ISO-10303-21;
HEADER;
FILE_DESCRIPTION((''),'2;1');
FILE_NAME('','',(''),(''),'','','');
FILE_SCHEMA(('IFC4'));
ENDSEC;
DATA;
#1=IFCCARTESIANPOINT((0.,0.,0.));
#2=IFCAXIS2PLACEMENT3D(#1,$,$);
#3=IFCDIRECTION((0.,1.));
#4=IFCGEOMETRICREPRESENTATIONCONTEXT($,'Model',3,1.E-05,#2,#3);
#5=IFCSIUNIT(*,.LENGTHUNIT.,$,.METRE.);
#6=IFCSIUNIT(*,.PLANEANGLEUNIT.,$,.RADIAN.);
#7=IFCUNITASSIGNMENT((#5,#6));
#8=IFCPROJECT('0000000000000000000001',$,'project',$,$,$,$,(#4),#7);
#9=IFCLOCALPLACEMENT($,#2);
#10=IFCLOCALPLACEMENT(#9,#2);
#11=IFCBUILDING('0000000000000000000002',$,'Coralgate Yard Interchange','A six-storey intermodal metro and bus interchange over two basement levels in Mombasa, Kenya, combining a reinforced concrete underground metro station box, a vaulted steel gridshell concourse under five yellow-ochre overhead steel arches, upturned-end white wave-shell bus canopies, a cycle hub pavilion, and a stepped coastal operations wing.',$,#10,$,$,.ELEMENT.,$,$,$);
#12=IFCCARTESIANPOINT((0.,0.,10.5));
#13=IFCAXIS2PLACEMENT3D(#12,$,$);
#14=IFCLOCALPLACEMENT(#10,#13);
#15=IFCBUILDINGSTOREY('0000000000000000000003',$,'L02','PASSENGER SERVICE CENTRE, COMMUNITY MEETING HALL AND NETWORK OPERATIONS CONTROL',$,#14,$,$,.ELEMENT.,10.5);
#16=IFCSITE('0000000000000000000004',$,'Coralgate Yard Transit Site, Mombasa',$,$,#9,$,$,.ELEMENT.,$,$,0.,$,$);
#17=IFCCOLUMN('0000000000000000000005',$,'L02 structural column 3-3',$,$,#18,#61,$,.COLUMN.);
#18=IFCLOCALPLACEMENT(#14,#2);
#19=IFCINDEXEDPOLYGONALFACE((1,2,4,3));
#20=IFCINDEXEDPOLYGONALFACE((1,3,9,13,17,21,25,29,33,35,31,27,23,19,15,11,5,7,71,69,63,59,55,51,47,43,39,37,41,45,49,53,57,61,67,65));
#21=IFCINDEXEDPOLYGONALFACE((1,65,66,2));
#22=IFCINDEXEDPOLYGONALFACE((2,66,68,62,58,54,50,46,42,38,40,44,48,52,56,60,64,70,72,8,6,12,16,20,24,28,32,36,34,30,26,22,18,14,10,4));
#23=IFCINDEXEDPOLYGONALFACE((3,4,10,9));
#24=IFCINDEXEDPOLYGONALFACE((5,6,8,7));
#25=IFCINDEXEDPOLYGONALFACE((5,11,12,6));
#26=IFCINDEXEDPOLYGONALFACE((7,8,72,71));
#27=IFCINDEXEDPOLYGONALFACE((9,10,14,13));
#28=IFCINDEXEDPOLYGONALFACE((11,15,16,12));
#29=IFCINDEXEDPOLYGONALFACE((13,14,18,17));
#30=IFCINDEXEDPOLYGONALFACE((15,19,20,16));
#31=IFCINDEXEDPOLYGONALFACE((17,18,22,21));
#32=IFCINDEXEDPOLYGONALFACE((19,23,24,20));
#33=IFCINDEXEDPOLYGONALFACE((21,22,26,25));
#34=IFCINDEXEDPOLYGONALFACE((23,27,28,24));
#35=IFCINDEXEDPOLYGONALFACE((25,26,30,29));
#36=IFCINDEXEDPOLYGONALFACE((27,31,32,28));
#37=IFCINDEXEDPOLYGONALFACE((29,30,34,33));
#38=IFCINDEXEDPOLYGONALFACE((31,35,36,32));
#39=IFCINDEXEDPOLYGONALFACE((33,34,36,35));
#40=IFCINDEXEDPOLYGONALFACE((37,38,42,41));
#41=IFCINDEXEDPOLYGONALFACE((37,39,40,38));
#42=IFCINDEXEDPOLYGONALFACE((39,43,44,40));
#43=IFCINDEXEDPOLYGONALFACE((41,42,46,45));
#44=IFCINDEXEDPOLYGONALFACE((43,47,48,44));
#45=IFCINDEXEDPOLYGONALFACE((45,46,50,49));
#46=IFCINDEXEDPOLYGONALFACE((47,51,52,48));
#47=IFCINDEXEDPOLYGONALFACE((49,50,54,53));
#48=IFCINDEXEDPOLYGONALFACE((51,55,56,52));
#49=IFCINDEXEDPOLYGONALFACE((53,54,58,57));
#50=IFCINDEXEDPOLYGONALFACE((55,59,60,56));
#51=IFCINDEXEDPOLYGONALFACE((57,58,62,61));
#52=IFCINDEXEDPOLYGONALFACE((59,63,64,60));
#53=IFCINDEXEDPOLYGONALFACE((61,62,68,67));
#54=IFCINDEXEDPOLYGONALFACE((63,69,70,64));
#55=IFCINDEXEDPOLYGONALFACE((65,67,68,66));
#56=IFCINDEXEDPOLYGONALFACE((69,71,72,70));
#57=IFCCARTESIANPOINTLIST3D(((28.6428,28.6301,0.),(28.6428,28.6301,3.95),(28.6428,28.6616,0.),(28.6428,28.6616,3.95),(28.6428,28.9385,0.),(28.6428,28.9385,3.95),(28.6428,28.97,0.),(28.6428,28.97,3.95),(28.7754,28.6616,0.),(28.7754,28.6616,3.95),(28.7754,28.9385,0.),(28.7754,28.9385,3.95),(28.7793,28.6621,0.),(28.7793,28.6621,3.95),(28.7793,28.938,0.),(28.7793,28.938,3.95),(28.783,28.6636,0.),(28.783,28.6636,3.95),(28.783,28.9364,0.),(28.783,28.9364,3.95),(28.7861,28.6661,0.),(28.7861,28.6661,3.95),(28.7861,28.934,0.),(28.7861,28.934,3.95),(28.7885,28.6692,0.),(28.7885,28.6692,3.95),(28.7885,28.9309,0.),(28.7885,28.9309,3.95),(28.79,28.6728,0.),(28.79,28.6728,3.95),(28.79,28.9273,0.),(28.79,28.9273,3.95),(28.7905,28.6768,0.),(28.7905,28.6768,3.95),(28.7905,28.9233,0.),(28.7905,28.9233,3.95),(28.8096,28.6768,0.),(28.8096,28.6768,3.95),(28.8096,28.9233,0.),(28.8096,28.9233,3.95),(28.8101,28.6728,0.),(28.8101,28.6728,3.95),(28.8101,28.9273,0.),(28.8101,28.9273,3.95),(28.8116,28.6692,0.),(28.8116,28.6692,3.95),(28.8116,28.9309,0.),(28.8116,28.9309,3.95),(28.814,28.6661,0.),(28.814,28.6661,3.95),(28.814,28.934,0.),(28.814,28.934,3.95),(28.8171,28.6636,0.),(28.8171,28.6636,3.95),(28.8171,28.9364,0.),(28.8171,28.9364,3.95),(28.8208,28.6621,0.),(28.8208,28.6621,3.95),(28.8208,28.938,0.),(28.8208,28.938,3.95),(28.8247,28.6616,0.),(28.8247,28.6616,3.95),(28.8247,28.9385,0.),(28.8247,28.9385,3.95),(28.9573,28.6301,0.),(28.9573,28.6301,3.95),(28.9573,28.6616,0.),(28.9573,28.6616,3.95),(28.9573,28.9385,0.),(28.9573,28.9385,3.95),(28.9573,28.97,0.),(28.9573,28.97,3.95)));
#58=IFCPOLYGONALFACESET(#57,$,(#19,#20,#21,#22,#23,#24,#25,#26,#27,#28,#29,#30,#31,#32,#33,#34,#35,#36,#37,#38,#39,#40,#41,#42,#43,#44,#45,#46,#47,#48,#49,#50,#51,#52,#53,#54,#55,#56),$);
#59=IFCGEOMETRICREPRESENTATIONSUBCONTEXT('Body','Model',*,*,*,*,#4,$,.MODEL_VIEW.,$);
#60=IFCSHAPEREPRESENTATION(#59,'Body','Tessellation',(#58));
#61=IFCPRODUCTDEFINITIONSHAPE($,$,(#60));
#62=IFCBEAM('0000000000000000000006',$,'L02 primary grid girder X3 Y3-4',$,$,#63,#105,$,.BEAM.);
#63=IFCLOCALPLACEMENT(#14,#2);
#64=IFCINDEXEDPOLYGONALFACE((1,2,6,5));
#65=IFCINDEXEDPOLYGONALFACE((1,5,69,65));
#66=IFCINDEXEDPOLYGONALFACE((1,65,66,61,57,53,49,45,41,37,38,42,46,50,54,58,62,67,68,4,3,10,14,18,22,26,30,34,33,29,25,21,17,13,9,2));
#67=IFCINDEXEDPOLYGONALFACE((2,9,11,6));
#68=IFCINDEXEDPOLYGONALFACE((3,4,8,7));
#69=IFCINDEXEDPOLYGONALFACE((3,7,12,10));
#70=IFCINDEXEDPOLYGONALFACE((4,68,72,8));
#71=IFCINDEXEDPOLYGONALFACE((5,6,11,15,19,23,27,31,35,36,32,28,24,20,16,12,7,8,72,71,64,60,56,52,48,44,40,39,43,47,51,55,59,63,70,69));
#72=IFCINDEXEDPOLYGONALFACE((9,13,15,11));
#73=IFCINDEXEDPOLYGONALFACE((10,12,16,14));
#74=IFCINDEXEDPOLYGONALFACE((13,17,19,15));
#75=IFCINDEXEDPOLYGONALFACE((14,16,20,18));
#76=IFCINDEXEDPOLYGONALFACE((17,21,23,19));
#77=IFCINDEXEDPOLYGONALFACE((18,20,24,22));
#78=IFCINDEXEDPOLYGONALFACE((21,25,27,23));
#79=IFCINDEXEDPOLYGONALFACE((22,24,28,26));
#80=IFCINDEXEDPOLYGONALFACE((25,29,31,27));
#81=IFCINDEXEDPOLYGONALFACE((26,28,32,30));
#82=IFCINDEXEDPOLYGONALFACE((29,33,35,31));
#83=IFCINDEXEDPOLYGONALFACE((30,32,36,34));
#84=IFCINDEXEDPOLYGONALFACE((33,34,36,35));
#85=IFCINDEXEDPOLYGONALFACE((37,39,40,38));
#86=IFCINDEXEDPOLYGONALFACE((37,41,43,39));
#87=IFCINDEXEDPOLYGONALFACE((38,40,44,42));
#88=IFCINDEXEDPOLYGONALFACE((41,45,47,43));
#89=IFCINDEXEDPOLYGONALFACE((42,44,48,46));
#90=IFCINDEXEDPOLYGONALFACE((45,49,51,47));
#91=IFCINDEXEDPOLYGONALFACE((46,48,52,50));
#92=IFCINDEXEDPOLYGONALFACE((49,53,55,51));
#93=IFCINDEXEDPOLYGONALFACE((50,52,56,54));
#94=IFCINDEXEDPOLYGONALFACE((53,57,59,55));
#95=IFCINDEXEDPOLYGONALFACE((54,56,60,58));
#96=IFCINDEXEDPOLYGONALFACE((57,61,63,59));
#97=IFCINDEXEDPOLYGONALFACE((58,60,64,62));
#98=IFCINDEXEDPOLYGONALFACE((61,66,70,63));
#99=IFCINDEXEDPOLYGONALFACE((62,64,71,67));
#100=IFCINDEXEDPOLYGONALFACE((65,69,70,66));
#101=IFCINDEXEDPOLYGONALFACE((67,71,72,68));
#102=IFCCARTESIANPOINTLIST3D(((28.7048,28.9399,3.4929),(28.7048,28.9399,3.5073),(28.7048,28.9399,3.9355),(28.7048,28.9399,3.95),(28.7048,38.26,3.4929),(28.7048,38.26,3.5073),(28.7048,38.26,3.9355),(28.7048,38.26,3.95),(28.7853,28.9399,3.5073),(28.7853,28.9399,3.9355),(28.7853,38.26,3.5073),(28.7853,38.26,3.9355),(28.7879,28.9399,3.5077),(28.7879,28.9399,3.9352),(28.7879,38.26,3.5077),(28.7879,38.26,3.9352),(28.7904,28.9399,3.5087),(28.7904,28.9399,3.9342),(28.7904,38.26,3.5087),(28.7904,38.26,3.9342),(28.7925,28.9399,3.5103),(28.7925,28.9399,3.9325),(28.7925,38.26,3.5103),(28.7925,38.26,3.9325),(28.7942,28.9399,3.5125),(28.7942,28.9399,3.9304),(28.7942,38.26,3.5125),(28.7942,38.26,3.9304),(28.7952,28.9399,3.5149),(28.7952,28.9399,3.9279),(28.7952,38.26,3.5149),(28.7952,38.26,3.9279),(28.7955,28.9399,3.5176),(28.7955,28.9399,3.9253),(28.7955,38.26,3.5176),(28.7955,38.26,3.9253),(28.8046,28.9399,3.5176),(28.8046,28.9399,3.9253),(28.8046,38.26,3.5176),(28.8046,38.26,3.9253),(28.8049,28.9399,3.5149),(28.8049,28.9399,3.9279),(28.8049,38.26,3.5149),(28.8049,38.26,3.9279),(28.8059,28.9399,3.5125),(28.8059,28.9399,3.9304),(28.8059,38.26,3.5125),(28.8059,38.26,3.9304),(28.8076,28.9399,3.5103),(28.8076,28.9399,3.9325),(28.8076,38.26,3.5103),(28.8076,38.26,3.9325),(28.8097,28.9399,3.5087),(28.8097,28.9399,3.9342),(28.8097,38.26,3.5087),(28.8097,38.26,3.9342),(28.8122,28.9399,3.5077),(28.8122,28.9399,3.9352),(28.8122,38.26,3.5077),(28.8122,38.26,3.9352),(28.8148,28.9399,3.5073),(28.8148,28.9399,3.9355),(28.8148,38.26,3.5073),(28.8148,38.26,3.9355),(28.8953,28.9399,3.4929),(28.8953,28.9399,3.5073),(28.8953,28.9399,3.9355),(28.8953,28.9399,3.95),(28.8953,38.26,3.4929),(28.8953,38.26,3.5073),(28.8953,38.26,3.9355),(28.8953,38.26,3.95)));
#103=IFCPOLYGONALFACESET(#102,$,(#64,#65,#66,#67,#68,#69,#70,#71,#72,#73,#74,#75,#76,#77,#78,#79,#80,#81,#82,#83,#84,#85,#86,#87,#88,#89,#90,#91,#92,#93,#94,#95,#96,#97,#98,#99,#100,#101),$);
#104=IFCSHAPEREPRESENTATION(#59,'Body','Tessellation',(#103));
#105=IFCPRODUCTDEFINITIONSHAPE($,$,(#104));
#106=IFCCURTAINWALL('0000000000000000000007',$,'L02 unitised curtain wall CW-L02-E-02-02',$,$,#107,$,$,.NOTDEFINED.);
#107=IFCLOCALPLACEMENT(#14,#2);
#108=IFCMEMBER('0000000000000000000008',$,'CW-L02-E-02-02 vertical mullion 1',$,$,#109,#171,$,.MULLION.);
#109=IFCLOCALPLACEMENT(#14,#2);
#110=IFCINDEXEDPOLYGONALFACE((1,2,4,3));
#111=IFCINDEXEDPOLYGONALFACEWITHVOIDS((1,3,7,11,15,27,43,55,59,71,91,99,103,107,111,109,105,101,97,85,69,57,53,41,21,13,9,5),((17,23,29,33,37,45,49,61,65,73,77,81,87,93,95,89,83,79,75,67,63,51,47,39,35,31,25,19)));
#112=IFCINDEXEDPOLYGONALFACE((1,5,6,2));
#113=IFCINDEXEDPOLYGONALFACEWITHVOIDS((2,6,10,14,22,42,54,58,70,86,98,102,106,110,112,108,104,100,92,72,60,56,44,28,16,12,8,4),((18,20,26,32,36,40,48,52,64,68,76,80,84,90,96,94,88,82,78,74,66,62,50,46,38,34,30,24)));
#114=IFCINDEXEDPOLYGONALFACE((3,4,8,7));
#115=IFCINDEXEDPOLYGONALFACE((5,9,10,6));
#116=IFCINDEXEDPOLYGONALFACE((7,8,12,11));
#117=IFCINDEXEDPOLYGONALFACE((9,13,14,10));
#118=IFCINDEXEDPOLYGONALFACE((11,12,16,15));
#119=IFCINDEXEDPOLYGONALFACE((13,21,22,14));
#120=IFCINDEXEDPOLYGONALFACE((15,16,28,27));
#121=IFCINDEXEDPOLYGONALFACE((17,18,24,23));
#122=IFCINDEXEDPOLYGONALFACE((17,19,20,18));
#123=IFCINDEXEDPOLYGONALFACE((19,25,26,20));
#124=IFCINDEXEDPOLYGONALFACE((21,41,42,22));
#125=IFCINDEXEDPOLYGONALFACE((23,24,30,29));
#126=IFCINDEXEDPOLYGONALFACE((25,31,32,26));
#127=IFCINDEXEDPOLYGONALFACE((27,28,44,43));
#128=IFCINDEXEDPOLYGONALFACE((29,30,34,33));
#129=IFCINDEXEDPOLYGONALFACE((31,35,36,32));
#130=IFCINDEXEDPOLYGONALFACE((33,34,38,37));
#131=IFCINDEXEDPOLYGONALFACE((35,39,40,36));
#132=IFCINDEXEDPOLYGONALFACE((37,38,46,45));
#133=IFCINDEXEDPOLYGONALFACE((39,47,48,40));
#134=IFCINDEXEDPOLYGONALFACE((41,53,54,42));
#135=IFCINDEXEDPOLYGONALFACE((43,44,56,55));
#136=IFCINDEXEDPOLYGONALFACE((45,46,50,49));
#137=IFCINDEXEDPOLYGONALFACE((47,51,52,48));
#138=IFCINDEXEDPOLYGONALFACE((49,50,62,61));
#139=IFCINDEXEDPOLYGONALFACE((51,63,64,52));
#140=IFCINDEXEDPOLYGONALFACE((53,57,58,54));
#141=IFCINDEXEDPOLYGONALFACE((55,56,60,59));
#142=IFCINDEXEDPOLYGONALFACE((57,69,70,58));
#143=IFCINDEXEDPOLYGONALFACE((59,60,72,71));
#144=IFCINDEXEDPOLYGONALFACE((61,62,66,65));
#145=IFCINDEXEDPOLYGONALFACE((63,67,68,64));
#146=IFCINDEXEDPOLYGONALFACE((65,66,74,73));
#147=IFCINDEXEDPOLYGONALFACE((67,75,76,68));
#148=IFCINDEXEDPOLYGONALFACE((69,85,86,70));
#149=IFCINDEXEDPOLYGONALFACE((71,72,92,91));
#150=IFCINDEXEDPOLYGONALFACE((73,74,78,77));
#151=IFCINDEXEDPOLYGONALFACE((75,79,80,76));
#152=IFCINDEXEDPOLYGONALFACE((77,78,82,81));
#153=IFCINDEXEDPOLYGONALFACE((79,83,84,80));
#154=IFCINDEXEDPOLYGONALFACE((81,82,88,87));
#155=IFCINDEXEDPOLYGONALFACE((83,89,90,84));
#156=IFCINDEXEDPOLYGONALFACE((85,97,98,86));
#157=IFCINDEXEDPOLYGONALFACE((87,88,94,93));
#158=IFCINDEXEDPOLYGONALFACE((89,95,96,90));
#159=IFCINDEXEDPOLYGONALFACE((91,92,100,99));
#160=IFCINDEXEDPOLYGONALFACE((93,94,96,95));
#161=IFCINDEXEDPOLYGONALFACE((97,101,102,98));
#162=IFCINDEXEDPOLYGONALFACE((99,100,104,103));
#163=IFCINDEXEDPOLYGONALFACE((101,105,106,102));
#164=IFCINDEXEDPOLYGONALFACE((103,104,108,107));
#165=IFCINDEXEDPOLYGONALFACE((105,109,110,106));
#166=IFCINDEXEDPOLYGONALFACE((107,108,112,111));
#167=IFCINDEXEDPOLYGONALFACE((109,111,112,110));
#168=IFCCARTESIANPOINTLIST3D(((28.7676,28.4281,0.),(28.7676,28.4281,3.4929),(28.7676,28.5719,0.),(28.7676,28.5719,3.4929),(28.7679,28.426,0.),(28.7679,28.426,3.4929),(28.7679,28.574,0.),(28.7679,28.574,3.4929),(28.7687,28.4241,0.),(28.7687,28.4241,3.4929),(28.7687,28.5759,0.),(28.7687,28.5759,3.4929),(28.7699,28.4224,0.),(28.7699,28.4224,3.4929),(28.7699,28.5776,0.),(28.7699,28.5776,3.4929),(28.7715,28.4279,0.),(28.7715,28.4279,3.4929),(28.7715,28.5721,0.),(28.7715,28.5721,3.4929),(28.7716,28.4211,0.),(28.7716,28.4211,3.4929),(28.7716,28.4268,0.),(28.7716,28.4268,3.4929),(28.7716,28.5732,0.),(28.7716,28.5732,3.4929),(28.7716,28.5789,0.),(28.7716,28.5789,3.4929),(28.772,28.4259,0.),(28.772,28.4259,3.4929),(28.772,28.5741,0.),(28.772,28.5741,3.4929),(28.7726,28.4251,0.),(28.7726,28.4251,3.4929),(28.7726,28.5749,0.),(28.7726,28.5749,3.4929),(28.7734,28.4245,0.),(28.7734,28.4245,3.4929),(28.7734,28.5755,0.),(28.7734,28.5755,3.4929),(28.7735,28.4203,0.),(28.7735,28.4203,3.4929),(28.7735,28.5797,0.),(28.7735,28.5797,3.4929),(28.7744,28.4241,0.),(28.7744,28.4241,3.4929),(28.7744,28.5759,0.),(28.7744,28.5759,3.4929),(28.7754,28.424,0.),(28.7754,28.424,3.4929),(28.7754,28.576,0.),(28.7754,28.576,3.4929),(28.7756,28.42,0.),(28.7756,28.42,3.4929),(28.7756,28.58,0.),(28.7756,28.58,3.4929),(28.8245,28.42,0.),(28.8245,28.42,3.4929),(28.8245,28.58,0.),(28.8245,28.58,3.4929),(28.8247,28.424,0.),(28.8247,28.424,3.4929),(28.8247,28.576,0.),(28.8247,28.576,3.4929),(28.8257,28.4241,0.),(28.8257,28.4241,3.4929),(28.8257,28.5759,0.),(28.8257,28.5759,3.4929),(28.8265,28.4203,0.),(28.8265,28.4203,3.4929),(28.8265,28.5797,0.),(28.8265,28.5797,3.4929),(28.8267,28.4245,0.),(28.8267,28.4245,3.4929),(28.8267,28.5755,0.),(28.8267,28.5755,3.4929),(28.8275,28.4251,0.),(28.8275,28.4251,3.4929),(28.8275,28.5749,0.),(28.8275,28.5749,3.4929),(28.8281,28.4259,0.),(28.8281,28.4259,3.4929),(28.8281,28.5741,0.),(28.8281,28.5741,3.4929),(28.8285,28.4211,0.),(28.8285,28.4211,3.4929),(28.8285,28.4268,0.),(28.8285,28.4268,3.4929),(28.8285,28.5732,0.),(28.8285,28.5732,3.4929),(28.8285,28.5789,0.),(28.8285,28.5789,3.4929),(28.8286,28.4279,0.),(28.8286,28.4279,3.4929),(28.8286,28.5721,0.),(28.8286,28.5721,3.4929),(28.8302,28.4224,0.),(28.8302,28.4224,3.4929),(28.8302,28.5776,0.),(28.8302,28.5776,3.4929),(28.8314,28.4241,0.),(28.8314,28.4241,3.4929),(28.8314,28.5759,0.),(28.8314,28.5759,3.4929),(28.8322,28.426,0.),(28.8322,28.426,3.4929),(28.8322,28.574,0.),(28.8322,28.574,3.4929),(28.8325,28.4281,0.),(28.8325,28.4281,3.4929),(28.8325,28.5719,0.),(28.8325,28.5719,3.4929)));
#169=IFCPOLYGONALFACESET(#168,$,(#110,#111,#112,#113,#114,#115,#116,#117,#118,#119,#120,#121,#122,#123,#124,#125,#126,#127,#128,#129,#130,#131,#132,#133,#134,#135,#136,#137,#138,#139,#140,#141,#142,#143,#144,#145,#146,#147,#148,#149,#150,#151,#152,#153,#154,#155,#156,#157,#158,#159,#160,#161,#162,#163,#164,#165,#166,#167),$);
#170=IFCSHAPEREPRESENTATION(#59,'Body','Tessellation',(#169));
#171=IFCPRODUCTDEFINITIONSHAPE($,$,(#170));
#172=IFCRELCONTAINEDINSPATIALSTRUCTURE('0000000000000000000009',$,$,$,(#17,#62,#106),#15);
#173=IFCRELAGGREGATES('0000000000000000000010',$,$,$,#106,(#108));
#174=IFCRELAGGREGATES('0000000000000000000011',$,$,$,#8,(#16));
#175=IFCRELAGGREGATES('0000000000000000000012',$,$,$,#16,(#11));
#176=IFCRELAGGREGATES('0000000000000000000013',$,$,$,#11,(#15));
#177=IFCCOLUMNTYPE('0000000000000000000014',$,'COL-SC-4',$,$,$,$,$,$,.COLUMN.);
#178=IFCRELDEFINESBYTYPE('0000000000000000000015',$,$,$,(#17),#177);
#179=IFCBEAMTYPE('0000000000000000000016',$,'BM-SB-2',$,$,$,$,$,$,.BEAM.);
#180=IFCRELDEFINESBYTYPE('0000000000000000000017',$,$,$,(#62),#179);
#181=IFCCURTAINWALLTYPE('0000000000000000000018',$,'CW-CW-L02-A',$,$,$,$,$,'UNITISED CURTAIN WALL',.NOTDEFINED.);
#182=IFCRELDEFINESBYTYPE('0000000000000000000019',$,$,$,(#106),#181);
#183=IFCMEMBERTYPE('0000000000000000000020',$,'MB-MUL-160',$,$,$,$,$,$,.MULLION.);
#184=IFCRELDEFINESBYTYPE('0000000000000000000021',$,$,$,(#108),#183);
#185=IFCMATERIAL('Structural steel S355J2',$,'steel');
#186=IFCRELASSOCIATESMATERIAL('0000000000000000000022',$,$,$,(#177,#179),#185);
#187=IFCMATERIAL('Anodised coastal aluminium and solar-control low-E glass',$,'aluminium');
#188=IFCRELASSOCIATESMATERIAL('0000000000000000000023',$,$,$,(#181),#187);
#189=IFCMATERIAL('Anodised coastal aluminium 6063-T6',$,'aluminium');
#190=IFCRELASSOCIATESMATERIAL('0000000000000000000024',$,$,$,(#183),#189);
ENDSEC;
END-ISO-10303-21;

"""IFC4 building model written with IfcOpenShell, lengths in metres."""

from ifc_helpers import new_model, si_unit, direction, frame, origin, origin_2d, place, context, subcontext, project, spatial, hollow_rectangle, i_section, extrude, material, material_profile, profile_set, type_object, element, aggregate, save


model = new_model("IFC4")

# Units and contexts
model_context = context("Model", 3, precision=1e-05, world=origin(), true_north=direction((0.0, 1.0)))
body_context = subcontext(model_context, "Body", "Model", "MODEL_VIEW")
ifc_project = project(units=[si_unit("LENGTHUNIT", "METRE"), si_unit("PLANEANGLEUNIT", "RADIAN")], contexts=[model_context])

# Site, building, storey
site_placement = place(None, origin())
site = spatial("IfcSite", under=ifc_project, at=site_placement, Name="Coralgate Yard Transit Site, Mombasa", CompositionType="ELEMENT", RefElevation=0.0)
building_placement = place(site_placement, origin())
building = spatial("IfcBuilding", under=site, at=building_placement, Name="Coralgate Yard Interchange", Description="A six-storey intermodal metro and bus interchange over two basement levels in Mombasa, Kenya, combining a reinforced concrete underground metro station box, a vaulted steel gridshell concourse under five yellow-ochre overhead steel arches, upturned-end white wave-shell bus canopies, a cycle hub pavilion, and a stepped coastal operations wing.", CompositionType="ELEMENT")
storey_placement = place(building_placement, frame((0.0, 0.0, 10.5)))
storey = spatial("IfcBuildingStorey", under=building, at=storey_placement, Name="L02", Description="PASSENGER SERVICE CENTRE, COMMUNITY MEETING HALL AND NETWORK OPERATIONS CONTROL", CompositionType="ELEMENT", Elevation=10.5)

# Column
ifc_material_1 = material(Name="Structural steel S355J2", Category="steel")
ifc_material_profile_1 = material_profile(ifc_material_1, i_section(OverallWidth=0.3145, OverallDepth=0.3398, WebThickness=0.019, FlangeThickness=0.0315, FilletRadius=0.0151, at=origin_2d()), Name="UC 305x305x198")
ifc_profile_set_1 = profile_set([ifc_material_profile_1], Name="Structural steel S355J2")
column_type = type_object("IfcColumnType", Name="COL-SC-4", PredefinedType="COLUMN", material=ifc_profile_set_1)
column_placement = place(storey_placement, frame((28.8, 28.8, 0.0), z_axis=(0.0, 0.0, 1.0), x_axis=(1.0, 0.0, 0.0)))
element("IfcColumn", 1, at=column_placement, inside=storey, type_object=column_type, Name="L02 structural column 3-3", PredefinedType="COLUMN", context=body_context, shape_type="SweptSolid", body=[
    extrude(i_section(OverallWidth=0.3145, OverallDepth=0.3398, WebThickness=0.019, FlangeThickness=0.0315, FilletRadius=0.0151, at=origin_2d()), origin(), (0.0, 0.0, 1.0), 3.95),
])

# Beam
ifc_material_profile_2 = material_profile(ifc_material_1, i_section(OverallWidth=0.1904, OverallDepth=0.457, WebThickness=0.009, FlangeThickness=0.0144, FilletRadius=0.0103, at=origin_2d()), Name="UB 457x191x74")
ifc_profile_set_2 = profile_set([ifc_material_profile_2], Name="Structural steel S355J2")
beam_type = type_object("IfcBeamType", Name="BM-SB-2", PredefinedType="BEAM", material=ifc_profile_set_2)
beam_placement = place(storey_placement, frame((28.8, 28.9399, 3.7214), z_axis=(0.0, 1.0, 0.0), x_axis=(-1.0, 0.0, 0.0)))
element("IfcBeam", 2, at=beam_placement, inside=storey, type_object=beam_type, Name="L02 primary grid girder X3 Y3-4", PredefinedType="BEAM", context=body_context, shape_type="SweptSolid", body=[
    extrude(i_section(OverallWidth=0.1904, OverallDepth=0.457, WebThickness=0.009, FlangeThickness=0.0144, FilletRadius=0.0103, at=origin_2d()), origin(), (0.0, 0.0, 1.0), 9.3201),
])

# Curtain wall, member
ifc_material_2 = material(Name="Anodised coastal aluminium and solar-control low-E glass", Category="aluminium")
curtain_wall_type = type_object("IfcCurtainWallType", Name="CW-CW-L02-A", ElementType="UNITISED CURTAIN WALL", PredefinedType="NOTDEFINED", material=ifc_material_2)
curtain_wall_1_placement = place(storey_placement, origin())
curtain_wall_1 = element("IfcCurtainWall", 3, at=curtain_wall_1_placement, inside=storey, type_object=curtain_wall_type, Name="L02 unitised curtain wall CW-L02-E-02-02", PredefinedType="NOTDEFINED")
ifc_material_3 = material(Name="Anodised coastal aluminium 6063-T6", Category="aluminium")
ifc_material_profile_3 = material_profile(ifc_material_3, hollow_rectangle(XDim=0.0649, YDim=0.1599, WallThickness=0.0039, InnerFilletRadius=0.0039, OuterFilletRadius=0.0081, at=origin_2d()), Name="ALU 65x160x4")
ifc_profile_set_3 = profile_set([ifc_material_profile_3], Name="Anodised coastal aluminium 6063-T6")
member_type_1 = type_object("IfcMemberType", Name="MB-MUL-160", PredefinedType="MULLION", material=ifc_profile_set_3)
member_1_placement = place(storey_placement, frame((28.8, 28.5, 0.0), z_axis=(0.0, 0.0, 1.0), x_axis=(1.0, 0.0, 0.0)))
member_1 = element("IfcMember", 4, at=member_1_placement, type_object=member_type_1, Name="CW-L02-E-02-02 vertical mullion 1", PredefinedType="MULLION", context=body_context, shape_type="SweptSolid", body=[
    extrude(hollow_rectangle(XDim=0.0649, YDim=0.1599, WallThickness=0.0039, InnerFilletRadius=0.0039, OuterFilletRadius=0.0081, at=origin_2d()), origin(), (0.0, 0.0, 1.0), 3.4929),
])

aggregate(curtain_wall_1, [member_1])

save(model, "model.ifc")
